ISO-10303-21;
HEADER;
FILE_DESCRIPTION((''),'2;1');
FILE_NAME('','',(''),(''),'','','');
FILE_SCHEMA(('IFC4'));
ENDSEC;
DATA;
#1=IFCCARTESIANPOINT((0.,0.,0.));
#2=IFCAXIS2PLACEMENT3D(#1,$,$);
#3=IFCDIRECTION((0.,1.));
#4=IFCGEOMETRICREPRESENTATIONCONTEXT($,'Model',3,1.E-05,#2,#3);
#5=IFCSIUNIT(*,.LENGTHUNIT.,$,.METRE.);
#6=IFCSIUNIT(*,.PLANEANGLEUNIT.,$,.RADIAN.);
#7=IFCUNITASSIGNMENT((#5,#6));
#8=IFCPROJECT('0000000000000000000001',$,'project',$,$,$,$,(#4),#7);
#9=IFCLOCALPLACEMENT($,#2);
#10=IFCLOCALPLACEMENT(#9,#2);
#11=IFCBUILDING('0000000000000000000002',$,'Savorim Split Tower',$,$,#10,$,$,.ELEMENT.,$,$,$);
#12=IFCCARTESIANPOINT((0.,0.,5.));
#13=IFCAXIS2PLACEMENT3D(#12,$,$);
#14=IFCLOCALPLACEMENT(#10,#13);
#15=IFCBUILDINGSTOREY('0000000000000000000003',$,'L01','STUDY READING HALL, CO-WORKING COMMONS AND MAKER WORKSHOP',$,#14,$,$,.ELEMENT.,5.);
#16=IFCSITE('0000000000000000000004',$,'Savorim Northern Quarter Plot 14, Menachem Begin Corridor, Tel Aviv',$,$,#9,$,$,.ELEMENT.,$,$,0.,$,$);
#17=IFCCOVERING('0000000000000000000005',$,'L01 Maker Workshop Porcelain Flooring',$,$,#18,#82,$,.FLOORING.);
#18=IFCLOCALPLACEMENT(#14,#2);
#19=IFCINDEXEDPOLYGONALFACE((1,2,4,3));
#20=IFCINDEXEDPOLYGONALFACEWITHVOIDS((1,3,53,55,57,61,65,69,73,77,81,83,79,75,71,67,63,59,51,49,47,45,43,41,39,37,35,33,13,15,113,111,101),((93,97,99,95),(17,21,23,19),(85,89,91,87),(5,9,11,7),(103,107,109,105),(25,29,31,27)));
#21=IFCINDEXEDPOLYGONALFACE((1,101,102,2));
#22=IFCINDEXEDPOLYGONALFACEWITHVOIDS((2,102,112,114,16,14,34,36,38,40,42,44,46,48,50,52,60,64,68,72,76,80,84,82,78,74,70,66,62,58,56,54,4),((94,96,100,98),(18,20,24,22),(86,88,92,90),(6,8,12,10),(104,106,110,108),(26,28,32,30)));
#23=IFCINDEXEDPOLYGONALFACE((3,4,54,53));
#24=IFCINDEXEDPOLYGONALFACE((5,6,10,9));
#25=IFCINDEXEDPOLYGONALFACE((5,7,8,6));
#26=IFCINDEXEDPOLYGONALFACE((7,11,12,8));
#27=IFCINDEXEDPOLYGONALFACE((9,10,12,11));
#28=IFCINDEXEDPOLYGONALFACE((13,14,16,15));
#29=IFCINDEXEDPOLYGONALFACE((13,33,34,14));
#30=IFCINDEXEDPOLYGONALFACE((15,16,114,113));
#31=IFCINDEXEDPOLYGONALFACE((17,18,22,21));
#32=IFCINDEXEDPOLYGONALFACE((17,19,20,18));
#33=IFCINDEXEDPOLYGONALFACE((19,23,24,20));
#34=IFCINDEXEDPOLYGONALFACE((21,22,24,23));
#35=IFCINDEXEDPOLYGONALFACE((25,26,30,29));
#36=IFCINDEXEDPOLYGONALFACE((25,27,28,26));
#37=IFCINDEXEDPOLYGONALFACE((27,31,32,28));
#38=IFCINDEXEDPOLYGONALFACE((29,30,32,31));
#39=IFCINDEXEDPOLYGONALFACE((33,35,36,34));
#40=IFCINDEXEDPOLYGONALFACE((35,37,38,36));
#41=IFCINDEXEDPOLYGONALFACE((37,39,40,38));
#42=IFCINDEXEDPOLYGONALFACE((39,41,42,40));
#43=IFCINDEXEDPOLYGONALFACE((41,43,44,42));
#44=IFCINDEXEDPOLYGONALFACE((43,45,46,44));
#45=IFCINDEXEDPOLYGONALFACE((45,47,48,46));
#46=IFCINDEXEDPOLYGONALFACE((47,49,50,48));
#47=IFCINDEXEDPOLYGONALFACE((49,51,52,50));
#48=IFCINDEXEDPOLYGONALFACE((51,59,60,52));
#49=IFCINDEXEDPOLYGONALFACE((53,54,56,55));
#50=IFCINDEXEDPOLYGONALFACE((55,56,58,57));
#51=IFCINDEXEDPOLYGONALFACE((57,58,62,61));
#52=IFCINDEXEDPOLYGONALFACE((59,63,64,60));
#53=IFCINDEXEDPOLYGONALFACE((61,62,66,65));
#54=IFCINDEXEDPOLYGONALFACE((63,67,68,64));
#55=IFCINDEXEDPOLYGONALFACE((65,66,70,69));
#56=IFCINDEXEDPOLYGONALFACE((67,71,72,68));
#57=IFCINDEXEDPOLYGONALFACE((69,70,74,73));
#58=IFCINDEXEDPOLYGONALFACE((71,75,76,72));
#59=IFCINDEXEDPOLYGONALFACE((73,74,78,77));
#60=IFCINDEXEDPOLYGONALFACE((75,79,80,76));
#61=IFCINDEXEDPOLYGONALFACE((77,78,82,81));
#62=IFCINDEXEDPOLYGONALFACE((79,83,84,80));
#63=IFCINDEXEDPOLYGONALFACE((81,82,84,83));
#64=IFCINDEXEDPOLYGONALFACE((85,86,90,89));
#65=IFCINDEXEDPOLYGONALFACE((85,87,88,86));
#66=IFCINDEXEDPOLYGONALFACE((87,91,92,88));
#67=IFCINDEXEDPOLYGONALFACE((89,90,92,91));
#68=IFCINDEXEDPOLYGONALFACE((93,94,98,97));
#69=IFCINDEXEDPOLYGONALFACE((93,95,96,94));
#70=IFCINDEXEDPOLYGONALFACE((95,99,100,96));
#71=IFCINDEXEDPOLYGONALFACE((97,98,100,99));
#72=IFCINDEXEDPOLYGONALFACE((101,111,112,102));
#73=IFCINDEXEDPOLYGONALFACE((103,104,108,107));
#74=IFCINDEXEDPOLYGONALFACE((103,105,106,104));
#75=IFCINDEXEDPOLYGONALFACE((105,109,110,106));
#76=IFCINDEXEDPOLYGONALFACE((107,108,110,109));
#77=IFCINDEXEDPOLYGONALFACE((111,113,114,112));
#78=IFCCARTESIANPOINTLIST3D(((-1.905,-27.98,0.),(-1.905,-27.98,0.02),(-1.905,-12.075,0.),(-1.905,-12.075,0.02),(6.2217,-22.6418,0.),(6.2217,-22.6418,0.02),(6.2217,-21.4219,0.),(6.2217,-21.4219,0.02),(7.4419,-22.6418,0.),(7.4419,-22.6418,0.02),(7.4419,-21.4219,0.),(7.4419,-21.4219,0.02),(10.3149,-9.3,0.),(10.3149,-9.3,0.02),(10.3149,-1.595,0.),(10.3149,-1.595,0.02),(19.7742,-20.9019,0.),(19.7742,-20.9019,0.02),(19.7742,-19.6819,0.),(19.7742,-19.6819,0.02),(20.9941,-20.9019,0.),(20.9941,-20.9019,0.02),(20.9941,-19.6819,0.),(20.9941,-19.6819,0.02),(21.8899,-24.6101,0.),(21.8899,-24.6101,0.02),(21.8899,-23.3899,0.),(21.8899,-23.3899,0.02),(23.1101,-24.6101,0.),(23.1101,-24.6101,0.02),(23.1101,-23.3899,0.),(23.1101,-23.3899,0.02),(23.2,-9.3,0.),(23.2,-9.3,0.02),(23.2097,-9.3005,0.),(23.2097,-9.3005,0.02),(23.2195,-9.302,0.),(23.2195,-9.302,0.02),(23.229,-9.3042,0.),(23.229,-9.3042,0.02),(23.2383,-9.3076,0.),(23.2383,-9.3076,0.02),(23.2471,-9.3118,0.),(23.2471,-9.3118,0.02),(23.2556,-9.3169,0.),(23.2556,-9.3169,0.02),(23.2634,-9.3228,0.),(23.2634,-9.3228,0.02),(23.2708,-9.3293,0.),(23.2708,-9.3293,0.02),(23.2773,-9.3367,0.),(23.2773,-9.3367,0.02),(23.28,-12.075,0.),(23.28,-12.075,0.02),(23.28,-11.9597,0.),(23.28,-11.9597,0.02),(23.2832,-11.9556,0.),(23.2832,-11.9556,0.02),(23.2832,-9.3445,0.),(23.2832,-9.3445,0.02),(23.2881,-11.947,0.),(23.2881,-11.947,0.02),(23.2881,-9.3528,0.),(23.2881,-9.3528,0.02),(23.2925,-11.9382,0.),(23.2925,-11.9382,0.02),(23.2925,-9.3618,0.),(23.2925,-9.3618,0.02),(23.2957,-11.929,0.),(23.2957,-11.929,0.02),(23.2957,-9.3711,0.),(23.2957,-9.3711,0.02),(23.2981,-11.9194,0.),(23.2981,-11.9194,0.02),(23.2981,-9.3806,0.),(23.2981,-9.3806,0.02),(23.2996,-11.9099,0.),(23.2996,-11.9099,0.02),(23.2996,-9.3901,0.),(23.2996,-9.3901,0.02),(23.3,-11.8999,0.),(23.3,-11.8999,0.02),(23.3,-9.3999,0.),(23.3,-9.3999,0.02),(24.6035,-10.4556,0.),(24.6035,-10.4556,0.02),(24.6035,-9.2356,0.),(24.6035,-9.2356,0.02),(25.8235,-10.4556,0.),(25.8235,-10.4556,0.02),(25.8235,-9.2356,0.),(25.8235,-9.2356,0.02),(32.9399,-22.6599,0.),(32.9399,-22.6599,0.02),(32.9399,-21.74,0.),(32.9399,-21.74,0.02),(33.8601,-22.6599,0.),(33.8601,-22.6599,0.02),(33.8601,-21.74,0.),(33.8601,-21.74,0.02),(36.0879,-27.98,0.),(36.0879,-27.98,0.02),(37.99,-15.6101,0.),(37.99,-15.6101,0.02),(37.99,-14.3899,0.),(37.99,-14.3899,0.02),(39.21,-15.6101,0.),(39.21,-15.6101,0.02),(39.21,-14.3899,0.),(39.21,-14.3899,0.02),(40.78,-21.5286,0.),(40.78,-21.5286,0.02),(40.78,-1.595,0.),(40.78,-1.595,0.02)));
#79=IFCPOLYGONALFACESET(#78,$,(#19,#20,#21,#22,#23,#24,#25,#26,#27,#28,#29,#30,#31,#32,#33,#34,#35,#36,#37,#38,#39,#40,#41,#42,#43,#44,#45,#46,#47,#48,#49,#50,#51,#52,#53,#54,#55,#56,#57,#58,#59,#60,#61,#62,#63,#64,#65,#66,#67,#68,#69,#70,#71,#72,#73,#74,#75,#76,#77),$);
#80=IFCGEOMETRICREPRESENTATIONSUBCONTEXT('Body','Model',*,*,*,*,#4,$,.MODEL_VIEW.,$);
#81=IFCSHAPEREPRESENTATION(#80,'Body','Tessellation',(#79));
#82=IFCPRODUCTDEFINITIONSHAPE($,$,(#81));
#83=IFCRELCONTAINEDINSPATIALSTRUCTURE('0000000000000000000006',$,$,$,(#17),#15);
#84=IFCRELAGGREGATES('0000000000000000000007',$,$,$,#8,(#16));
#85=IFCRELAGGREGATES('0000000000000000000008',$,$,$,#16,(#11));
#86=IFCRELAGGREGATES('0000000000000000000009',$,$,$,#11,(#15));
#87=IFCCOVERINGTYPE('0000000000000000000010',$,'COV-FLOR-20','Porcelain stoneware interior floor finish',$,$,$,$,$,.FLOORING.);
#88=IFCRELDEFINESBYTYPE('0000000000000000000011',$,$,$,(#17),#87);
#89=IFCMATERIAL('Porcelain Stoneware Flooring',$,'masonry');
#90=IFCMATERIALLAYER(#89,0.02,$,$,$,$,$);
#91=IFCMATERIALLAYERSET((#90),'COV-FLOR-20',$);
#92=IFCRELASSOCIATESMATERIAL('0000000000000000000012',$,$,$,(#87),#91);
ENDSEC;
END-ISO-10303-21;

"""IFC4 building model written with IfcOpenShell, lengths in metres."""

from ifc_helpers import new_model, si_unit, direction, frame, origin, place, context, subcontext, project, spatial, polyline, outline, extrude, material, layer, layer_set, type_object, element, save


model = new_model("IFC4")

# Units and contexts
model_context = context("Model", 3, precision=1e-05, world=origin(), true_north=direction((0.0, 1.0)))
body_context = subcontext(model_context, "Body", "Model", "MODEL_VIEW")
ifc_project = project(units=[si_unit("LENGTHUNIT", "METRE"), si_unit("PLANEANGLEUNIT", "RADIAN")], contexts=[model_context])

# Site, building, storey
site_placement = place(None, origin())
site = spatial("IfcSite", under=ifc_project, at=site_placement, Name="Savorim Northern Quarter Plot 14, Menachem Begin Corridor, Tel Aviv", CompositionType="ELEMENT", RefElevation=0.0)
building_placement = place(site_placement, origin())
building = spatial("IfcBuilding", under=site, at=building_placement, Name="Savorim Split Tower", CompositionType="ELEMENT")
storey_placement = place(building_placement, frame((0.0, 0.0, 5.0)))
storey = spatial("IfcBuildingStorey", under=building, at=storey_placement, Name="L01", Description="STUDY READING HALL, CO-WORKING COMMONS AND MAKER WORKSHOP", CompositionType="ELEMENT", Elevation=5.0)

# Covering
ifc_material_1 = material(Name="Porcelain Stoneware Flooring", Category="masonry")
ifc_layer_1 = layer(ifc_material_1, 0.02)
ifc_layer_set_1 = layer_set([ifc_layer_1], Name="COV-FLOR-20")
covering_type_1 = type_object("IfcCoveringType", Name="COV-FLOR-20", Description="Porcelain stoneware interior floor finish", PredefinedType="FLOORING", material=ifc_layer_set_1)
covering_1_placement = place(storey_placement, origin())
element("IfcCovering", 1, at=covering_1_placement, inside=storey, type_object=covering_type_1, Name="L01 Maker Workshop Porcelain Flooring", PredefinedType="FLOORING", context=body_context, shape_type="SweptSolid", body=[
    extrude(outline(polyline([(-1.905, -27.98), (36.0879, -27.98), (40.78, -21.5286), (40.78, -1.595), (10.3149, -1.595), (10.3149, -9.3), (23.2, -9.3), (23.2097, -9.3005), (23.2195, -9.302), (23.229, -9.3042), (23.2383, -9.3076), (23.2471, -9.3118), (23.2556, -9.3169), (23.2634, -9.3228), (23.2708, -9.3293), (23.2773, -9.3367), (23.2832, -9.3445), (23.2881, -9.3528), (23.2925, -9.3618), (23.2957, -9.3711), (23.2981, -9.3806), (23.2996, -9.3901), (23.3, -9.3999), (23.3, -11.8999), (23.2996, -11.9099), (23.2981, -11.9194), (23.2957, -11.929), (23.2925, -11.9382), (23.2881, -11.947), (23.2832, -11.9556), (23.28, -11.9597), (23.28, -12.075), (-1.905, -12.075), (-1.905, -27.98)]), holes=[polyline([(37.99, -14.3899), (37.99, -15.6101), (39.21, -15.6101), (39.21, -14.3899), (37.99, -14.3899)]), polyline([(21.8899, -24.6101), (23.1101, -24.6101), (23.1101, -23.3899), (21.8899, -23.3899), (21.8899, -24.6101)]), polyline([(6.2217, -21.4219), (6.2217, -22.6418), (7.4419, -22.6418), (7.4419, -21.4219), (6.2217, -21.4219)]), polyline([(19.7742, -20.9019), (20.9941, -20.9019), (20.9941, -19.6819), (19.7742, -19.6819), (19.7742, -20.9019)]), polyline([(25.8235, -10.4556), (25.8235, -9.2356), (24.6035, -9.2356), (24.6035, -10.4556), (25.8235, -10.4556)]), polyline([(32.9399, -21.74), (32.9399, -22.6599), (33.8601, -22.6599), (33.8601, -21.74), (32.9399, -21.74)])]), origin(), (0.0, 0.0, 1.0), 0.02),
])

save(model, "model.ifc")
